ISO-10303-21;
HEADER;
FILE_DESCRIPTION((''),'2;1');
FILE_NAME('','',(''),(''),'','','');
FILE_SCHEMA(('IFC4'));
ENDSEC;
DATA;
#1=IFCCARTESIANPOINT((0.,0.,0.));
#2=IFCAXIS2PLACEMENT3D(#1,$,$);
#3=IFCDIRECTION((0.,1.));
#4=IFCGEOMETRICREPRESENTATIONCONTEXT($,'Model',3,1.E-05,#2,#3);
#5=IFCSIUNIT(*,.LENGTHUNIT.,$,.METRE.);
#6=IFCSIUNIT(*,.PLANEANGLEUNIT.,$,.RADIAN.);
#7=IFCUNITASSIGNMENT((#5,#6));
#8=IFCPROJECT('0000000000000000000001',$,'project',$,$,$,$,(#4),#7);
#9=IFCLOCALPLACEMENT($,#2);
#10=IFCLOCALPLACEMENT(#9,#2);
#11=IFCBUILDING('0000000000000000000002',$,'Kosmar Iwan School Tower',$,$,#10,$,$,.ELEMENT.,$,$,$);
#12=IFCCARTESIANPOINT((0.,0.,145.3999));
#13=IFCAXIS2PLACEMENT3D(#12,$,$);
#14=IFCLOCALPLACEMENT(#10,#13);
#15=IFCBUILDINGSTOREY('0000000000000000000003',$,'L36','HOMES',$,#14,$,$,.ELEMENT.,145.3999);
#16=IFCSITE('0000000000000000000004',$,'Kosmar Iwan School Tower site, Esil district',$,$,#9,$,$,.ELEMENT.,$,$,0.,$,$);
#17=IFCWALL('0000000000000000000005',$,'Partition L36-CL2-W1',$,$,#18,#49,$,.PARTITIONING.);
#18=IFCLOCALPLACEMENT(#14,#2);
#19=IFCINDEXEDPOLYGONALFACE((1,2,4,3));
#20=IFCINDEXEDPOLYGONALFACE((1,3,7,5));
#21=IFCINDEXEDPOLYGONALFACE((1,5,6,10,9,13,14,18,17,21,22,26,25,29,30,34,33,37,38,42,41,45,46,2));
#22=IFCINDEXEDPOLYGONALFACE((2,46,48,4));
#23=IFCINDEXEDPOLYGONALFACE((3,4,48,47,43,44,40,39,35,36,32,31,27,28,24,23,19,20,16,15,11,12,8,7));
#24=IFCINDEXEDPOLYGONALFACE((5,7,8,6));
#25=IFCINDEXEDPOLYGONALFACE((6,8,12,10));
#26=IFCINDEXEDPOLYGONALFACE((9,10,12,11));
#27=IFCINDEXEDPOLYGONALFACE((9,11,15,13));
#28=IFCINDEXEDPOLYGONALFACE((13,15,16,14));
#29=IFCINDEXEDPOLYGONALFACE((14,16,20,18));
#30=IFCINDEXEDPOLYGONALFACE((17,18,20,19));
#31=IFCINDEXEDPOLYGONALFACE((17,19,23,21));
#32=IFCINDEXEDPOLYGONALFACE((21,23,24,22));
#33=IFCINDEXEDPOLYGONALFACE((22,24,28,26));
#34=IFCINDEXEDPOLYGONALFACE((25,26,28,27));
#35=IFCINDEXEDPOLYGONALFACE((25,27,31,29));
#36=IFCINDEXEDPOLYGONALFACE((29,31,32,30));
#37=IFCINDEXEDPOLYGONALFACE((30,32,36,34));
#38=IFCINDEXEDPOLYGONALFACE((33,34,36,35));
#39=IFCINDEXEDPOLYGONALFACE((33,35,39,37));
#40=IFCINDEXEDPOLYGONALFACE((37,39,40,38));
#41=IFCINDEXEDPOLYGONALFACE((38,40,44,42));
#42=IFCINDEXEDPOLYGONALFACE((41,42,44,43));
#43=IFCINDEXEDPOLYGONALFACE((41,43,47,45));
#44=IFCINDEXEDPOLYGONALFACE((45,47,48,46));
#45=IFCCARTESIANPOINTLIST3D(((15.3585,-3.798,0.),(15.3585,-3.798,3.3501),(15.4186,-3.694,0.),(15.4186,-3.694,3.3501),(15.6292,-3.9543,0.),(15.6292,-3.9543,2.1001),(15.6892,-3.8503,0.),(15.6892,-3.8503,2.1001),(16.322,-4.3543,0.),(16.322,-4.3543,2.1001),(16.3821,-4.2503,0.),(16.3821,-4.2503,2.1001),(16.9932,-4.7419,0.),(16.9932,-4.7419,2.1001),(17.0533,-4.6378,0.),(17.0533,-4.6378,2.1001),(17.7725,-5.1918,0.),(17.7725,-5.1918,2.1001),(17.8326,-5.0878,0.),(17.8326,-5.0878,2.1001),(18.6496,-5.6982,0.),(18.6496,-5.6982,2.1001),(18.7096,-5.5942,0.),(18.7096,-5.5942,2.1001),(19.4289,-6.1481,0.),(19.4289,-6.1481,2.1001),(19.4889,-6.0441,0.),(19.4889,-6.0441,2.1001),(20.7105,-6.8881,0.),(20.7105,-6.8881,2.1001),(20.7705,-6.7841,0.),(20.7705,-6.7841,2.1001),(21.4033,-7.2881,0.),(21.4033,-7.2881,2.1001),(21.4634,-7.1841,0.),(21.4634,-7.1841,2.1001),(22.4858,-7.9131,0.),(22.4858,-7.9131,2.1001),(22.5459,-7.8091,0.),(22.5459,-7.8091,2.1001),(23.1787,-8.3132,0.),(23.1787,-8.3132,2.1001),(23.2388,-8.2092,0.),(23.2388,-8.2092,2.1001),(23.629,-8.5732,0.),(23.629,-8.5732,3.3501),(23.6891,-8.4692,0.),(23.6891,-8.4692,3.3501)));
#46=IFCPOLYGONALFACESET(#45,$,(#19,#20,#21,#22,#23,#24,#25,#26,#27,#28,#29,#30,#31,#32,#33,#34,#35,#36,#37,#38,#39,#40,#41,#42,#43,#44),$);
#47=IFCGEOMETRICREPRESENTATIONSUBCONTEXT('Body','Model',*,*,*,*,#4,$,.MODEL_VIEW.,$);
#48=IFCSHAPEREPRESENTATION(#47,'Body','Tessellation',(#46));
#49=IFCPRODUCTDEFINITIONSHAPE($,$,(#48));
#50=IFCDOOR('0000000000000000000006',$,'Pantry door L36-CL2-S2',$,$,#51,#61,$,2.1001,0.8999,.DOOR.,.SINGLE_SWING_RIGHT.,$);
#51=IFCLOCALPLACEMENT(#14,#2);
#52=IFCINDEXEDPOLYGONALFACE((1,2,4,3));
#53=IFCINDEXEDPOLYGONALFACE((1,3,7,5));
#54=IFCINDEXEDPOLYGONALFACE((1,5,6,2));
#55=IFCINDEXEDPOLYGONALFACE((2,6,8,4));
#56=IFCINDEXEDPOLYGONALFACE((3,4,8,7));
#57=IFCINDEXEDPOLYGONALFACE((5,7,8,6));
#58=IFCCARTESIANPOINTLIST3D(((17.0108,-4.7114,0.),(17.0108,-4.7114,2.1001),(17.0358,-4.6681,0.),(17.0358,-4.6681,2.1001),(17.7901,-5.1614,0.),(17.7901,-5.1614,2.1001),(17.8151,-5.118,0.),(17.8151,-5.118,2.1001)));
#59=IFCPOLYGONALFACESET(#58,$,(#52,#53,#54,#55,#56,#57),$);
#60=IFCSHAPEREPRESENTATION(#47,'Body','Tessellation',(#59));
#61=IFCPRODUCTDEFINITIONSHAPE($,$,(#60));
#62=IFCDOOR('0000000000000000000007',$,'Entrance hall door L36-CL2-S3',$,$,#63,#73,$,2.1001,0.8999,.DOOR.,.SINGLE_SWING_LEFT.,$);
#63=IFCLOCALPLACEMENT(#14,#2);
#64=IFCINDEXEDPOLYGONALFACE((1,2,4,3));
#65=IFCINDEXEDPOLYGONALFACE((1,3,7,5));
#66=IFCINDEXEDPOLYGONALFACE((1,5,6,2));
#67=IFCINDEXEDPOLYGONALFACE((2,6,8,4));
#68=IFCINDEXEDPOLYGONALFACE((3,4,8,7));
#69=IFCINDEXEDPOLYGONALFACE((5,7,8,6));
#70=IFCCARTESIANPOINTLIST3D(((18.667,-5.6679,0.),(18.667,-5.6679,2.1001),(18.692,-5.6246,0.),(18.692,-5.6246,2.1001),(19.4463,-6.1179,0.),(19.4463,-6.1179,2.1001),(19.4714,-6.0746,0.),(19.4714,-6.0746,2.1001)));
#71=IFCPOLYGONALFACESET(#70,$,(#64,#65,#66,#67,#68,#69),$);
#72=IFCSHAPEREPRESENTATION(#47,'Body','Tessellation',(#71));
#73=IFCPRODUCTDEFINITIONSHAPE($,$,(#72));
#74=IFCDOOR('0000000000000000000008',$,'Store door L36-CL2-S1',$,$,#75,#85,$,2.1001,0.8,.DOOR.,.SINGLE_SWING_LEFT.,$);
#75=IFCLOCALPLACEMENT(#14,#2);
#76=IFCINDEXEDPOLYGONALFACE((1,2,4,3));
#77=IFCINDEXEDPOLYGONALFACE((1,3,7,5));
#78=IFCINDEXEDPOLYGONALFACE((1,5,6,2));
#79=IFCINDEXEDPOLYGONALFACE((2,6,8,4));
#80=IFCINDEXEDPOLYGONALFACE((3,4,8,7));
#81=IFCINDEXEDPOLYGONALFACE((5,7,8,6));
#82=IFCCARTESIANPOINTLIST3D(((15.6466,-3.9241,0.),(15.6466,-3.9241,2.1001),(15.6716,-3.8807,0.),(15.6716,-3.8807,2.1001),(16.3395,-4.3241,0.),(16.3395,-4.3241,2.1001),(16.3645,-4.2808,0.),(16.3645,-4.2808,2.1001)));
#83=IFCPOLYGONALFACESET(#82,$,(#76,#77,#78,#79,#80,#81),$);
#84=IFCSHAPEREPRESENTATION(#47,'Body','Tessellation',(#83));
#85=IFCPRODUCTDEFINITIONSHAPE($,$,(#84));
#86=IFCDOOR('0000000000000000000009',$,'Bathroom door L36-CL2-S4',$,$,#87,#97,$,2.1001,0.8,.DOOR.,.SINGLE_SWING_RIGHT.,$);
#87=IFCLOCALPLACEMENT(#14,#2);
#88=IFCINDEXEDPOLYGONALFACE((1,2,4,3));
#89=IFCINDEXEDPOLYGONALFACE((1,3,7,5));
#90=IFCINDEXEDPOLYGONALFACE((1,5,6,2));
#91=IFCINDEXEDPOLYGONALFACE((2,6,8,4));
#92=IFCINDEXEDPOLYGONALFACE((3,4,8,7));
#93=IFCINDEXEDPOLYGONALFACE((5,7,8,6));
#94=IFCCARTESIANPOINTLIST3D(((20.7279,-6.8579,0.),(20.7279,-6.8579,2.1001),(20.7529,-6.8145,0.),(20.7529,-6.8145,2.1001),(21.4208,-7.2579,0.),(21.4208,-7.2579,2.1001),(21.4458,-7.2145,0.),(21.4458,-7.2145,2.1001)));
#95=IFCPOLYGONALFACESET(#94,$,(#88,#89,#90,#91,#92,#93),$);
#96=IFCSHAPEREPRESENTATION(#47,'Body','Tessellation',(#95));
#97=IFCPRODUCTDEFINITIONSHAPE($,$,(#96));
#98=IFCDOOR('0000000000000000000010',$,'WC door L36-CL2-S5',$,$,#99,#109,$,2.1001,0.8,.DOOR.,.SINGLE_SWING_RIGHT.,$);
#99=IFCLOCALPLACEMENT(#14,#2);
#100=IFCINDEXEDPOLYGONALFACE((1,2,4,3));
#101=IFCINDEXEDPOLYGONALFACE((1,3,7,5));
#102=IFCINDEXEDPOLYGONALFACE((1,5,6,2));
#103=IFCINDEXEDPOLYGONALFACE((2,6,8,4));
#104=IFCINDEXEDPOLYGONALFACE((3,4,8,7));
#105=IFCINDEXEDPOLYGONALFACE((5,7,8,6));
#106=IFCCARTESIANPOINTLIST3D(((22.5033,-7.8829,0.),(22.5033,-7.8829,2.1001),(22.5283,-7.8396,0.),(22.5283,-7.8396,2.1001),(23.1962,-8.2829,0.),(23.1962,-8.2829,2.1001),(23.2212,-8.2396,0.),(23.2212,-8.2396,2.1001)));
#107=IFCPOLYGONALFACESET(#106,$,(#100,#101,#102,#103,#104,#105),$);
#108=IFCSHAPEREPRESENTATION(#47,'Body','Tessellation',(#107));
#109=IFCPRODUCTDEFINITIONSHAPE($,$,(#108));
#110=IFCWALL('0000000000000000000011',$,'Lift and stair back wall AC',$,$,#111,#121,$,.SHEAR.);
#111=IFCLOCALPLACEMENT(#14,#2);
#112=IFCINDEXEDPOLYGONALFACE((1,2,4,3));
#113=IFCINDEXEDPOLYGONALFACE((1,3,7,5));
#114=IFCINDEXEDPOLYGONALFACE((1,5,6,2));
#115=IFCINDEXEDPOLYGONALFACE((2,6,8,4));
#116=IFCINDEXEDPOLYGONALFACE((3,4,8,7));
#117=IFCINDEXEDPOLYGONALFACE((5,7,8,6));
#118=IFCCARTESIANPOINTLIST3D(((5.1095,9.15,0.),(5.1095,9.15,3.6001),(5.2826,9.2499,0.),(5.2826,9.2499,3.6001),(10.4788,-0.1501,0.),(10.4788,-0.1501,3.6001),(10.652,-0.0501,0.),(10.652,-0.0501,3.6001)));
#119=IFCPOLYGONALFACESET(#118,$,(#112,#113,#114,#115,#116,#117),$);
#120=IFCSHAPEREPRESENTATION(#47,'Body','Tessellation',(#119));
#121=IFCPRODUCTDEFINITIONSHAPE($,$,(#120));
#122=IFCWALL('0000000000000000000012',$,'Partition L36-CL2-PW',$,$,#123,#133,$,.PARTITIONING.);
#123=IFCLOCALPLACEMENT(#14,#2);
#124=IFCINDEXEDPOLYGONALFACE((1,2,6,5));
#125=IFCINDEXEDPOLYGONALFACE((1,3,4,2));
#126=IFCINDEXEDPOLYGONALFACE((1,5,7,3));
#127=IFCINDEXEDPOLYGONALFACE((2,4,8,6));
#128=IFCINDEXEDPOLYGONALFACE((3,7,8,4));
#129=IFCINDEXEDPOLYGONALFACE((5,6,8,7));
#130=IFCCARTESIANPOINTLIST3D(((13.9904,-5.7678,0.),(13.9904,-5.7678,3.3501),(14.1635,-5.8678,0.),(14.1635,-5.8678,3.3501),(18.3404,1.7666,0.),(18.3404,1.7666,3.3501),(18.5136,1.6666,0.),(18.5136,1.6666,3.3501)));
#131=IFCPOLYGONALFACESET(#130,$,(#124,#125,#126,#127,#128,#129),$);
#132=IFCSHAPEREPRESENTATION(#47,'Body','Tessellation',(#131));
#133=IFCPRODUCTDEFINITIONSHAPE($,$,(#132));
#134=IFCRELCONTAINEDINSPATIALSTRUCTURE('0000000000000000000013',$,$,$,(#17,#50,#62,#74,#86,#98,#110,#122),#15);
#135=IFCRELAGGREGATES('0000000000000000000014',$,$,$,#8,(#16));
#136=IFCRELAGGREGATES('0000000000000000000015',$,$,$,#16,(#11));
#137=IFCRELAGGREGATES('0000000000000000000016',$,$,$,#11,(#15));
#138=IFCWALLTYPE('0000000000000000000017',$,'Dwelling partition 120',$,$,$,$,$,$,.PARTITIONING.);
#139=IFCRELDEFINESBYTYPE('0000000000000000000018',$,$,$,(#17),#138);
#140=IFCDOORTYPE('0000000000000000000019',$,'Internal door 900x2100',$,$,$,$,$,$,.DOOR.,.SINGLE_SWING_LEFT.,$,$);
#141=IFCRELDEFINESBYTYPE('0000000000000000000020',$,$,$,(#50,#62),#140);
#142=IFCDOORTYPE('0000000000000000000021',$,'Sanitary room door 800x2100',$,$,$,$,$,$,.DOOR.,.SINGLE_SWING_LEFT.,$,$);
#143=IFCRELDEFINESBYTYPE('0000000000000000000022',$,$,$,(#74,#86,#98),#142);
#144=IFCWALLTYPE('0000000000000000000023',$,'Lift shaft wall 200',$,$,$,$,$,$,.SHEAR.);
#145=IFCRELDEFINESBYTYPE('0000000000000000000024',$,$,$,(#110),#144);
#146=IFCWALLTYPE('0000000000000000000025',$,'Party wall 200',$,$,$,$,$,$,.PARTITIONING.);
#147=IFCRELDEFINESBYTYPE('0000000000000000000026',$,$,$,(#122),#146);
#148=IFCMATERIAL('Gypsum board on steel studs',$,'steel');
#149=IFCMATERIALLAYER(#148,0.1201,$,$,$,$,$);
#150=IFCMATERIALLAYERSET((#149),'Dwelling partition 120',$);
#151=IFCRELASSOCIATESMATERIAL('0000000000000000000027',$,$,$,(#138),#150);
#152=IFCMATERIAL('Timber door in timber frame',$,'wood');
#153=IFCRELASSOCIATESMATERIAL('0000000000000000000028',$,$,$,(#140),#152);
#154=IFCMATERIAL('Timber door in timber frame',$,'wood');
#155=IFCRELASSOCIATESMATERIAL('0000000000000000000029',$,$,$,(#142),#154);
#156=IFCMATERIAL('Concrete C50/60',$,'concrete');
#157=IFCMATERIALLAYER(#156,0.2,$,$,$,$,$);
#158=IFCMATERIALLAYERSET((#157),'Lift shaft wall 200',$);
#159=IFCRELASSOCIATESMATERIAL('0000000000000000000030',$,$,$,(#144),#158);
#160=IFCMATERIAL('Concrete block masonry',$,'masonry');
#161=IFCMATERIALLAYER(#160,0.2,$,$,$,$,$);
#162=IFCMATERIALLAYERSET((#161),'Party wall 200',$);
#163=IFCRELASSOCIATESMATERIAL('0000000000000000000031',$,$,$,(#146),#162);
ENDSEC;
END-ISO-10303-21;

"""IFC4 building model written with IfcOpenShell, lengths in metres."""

from ifc_helpers import new_model, si_unit, direction, frame, frame_2d, origin, place, context, subcontext, project, spatial, rectangle, extrude, material, layer, layer_set, type_object, element, fill, save


model = new_model("IFC4")

# Units and contexts
model_context = context("Model", 3, precision=1e-05, world=origin(), true_north=direction((0.0, 1.0)))
body_context = subcontext(model_context, "Body", "Model", "MODEL_VIEW")
ifc_project = project(units=[si_unit("LENGTHUNIT", "METRE"), si_unit("PLANEANGLEUNIT", "RADIAN")], contexts=[model_context])

# Site, building, storey
site_placement = place(None, origin())
site = spatial("IfcSite", under=ifc_project, at=site_placement, Name="Kosmar Iwan School Tower site, Esil district", CompositionType="ELEMENT", RefElevation=0.0)
building_placement = place(site_placement, origin())
building = spatial("IfcBuilding", under=site, at=building_placement, Name="Kosmar Iwan School Tower", CompositionType="ELEMENT")
storey_placement = place(building_placement, frame((0.0, 0.0, 145.3999)))
storey = spatial("IfcBuildingStorey", under=building, at=storey_placement, Name="L36", Description="HOMES", CompositionType="ELEMENT", Elevation=145.3999)

# Shared definitions
ifc_material_1 = material(Name="Gypsum board on steel studs", Category="steel")
ifc_layer_1 = layer(ifc_material_1, 0.1201)
ifc_layer_set_1 = layer_set([ifc_layer_1], Name="Dwelling partition 120")
wall_type_1 = type_object("IfcWallType", Name="Dwelling partition 120", PredefinedType="PARTITIONING", material=ifc_layer_set_1)
ifc_material_2 = material(Name="Timber door in timber frame", Category="wood")
door_type_1 = type_object("IfcDoorType", Name="Internal door 900x2100", OperationType="SINGLE_SWING_LEFT", PredefinedType="DOOR", material=ifc_material_2)
ifc_material_3 = material(Name="Timber door in timber frame", Category="wood")
door_type_2 = type_object("IfcDoorType", Name="Sanitary room door 800x2100", OperationType="SINGLE_SWING_LEFT", PredefinedType="DOOR", material=ifc_material_3)

# Wall, openings, doors
wall_1_placement = place(storey_placement, frame((15.3887, -3.7461, 0.0), z_axis=(0.0, 0.0, 1.0), x_axis=(0.866018, -0.500013, 0.0)))
wall_1 = element("IfcWall", 1, at=wall_1_placement, inside=storey, type_object=wall_type_1, Name="Partition L36-CL2-W1", PredefinedType="PARTITIONING", context=body_context, shape_type="SweptSolid", body=[
    extrude(rectangle(XDim=9.55, YDim=0.1201, at=frame_2d((4.7749, 0.0))), origin(), (0.0, 0.0, 1.0), 3.3501),
])
opening_1_placement = place(wall_1_placement, frame((0.3125, 0.0, 0.0)))
opening_1 = element("IfcOpeningElement", 2, at=opening_1_placement, cuts=wall_1, PredefinedType="OPENING", context=body_context, shape_type="SweptSolid", body=[
    extrude(rectangle(XDim=0.8, YDim=2.1001, at=frame_2d((0.3999, 1.05))), frame((0.0, 0.072, 0.0), z_axis=(0.0, -1.0, 0.0), x_axis=(1.0, 0.0, 0.0)), (0.0, 0.0, 1.0), 0.144),
])
opening_2_placement = place(wall_1_placement, frame((1.8875, 0.0, 0.0)))
opening_2 = element("IfcOpeningElement", 3, at=opening_2_placement, cuts=wall_1, PredefinedType="OPENING", context=body_context, shape_type="SweptSolid", body=[
    extrude(rectangle(XDim=0.8999, YDim=2.1001, at=frame_2d((0.45, 1.05))), frame((0.0, 0.072, 0.0), z_axis=(0.0, -1.0, 0.0), x_axis=(1.0, 0.0, 0.0)), (0.0, 0.0, 1.0), 0.144),
])
opening_3_placement = place(wall_1_placement, frame((3.8, 0.0, 0.0)))
opening_3 = element("IfcOpeningElement", 4, at=opening_3_placement, cuts=wall_1, PredefinedType="OPENING", context=body_context, shape_type="SweptSolid", body=[
    extrude(rectangle(XDim=0.8999, YDim=2.1001, at=frame_2d((0.45, 1.05))), frame((0.0, 0.072, 0.0), z_axis=(0.0, -1.0, 0.0), x_axis=(1.0, 0.0, 0.0)), (0.0, 0.0, 1.0), 0.144),
])
opening_4_placement = place(wall_1_placement, frame((6.1799, 0.0, 0.0)))
opening_4 = element("IfcOpeningElement", 5, at=opening_4_placement, cuts=wall_1, PredefinedType="OPENING", context=body_context, shape_type="SweptSolid", body=[
    extrude(rectangle(XDim=0.8, YDim=2.1001, at=frame_2d((0.3999, 1.05))), frame((0.0, 0.072, 0.0), z_axis=(0.0, -1.0, 0.0), x_axis=(1.0, 0.0, 0.0)), (0.0, 0.0, 1.0), 0.144),
])
opening_5_placement = place(wall_1_placement, frame((8.23, 0.0, 0.0)))
opening_5 = element("IfcOpeningElement", 6, at=opening_5_placement, cuts=wall_1, PredefinedType="OPENING", context=body_context, shape_type="SweptSolid", body=[
    extrude(rectangle(XDim=0.8, YDim=2.1001, at=frame_2d((0.3999, 1.05))), frame((0.0, 0.072, 0.0), z_axis=(0.0, -1.0, 0.0), x_axis=(1.0, 0.0, 0.0)), (0.0, 0.0, 1.0), 0.144),
])
door_1_placement = place(opening_2_placement, frame((0.8999, 0.0, 0.0), z_axis=(0.0, 0.0, 1.0), x_axis=(-1.0, 0.0, 0.0)))
door_1 = element("IfcDoor", 7, at=door_1_placement, inside=storey, type_object=door_type_1, Name="Pantry door L36-CL2-S2", OperationType="SINGLE_SWING_RIGHT", OverallHeight=2.1001, OverallWidth=0.8999, PredefinedType="DOOR", context=body_context, shape_type="SweptSolid", body=[
    extrude(rectangle(XDim=0.8999, YDim=2.1001, at=frame_2d((0.45, 1.05))), frame((0.0, 0.0249, 0.0), z_axis=(0.0, -1.0, 0.0), x_axis=(1.0, 0.0, 0.0)), (0.0, 0.0, 1.0), 0.05),
])
fill(opening_2, door_1)
door_2_placement = place(opening_3_placement, origin())
door_2 = element("IfcDoor", 8, at=door_2_placement, inside=storey, type_object=door_type_1, Name="Entrance hall door L36-CL2-S3", OperationType="SINGLE_SWING_LEFT", OverallHeight=2.1001, OverallWidth=0.8999, PredefinedType="DOOR", context=body_context, shape_type="SweptSolid", body=[
    extrude(rectangle(XDim=0.8999, YDim=2.1001, at=frame_2d((0.45, 1.05))), frame((0.0, 0.0249, 0.0), z_axis=(0.0, -1.0, 0.0), x_axis=(1.0, 0.0, 0.0)), (0.0, 0.0, 1.0), 0.05),
])
fill(opening_3, door_2)
door_3_placement = place(opening_1_placement, origin())
door_3 = element("IfcDoor", 9, at=door_3_placement, inside=storey, type_object=door_type_2, Name="Store door L36-CL2-S1", OperationType="SINGLE_SWING_LEFT", OverallHeight=2.1001, OverallWidth=0.8, PredefinedType="DOOR", context=body_context, shape_type="SweptSolid", body=[
    extrude(rectangle(XDim=0.8, YDim=2.1001, at=frame_2d((0.3999, 1.05))), frame((0.0, 0.0249, 0.0), z_axis=(0.0, -1.0, 0.0), x_axis=(1.0, 0.0, 0.0)), (0.0, 0.0, 1.0), 0.05),
])
fill(opening_1, door_3)
door_4_placement = place(opening_4_placement, origin())
door_4 = element("IfcDoor", 10, at=door_4_placement, inside=storey, type_object=door_type_2, Name="Bathroom door L36-CL2-S4", OperationType="SINGLE_SWING_RIGHT", OverallHeight=2.1001, OverallWidth=0.8, PredefinedType="DOOR", context=body_context, shape_type="SweptSolid", body=[
    extrude(rectangle(XDim=0.8, YDim=2.1001, at=frame_2d((0.3999, 1.05))), frame((0.0, 0.0249, 0.0), z_axis=(0.0, -1.0, 0.0), x_axis=(1.0, 0.0, 0.0)), (0.0, 0.0, 1.0), 0.05),
])
fill(opening_4, door_4)
door_5_placement = place(opening_5_placement, origin())
door_5 = element("IfcDoor", 11, at=door_5_placement, inside=storey, type_object=door_type_2, Name="WC door L36-CL2-S5", OperationType="SINGLE_SWING_RIGHT", OverallHeight=2.1001, OverallWidth=0.8, PredefinedType="DOOR", context=body_context, shape_type="SweptSolid", body=[
    extrude(rectangle(XDim=0.8, YDim=2.1001, at=frame_2d((0.3999, 1.05))), frame((0.0, 0.0249, 0.0), z_axis=(0.0, -1.0, 0.0), x_axis=(1.0, 0.0, 0.0)), (0.0, 0.0, 1.0), 0.05),
])
fill(opening_5, door_5)

# Walls
ifc_material_4 = material(Name="Concrete C50/60", Category="concrete")
ifc_layer_2 = layer(ifc_material_4, 0.2)
ifc_layer_set_2 = layer_set([ifc_layer_2], Name="Lift shaft wall 200")
wall_type_2 = type_object("IfcWallType", Name="Lift shaft wall 200", PredefinedType="SHEAR", material=ifc_layer_set_2)
wall_2_placement = place(storey_placement, frame((10.5654, -0.1001, 0.0), z_axis=(0.0, 0.0, 1.0), x_axis=(-0.5, 0.866025, 0.0)))
element("IfcWall", 12, at=wall_2_placement, inside=storey, type_object=wall_type_2, Name="Lift and stair back wall AC", PredefinedType="SHEAR", context=body_context, shape_type="SweptSolid", body=[
    extrude(rectangle(XDim=10.7388, YDim=0.2, at=frame_2d((5.3694, 0.0))), origin(), (0.0, 0.0, 1.0), 3.6001),
])
ifc_material_5 = material(Name="Concrete block masonry", Category="masonry")
ifc_layer_3 = layer(ifc_material_5, 0.2)
ifc_layer_set_3 = layer_set([ifc_layer_3], Name="Party wall 200")
wall_type_3 = type_object("IfcWallType", Name="Party wall 200", PredefinedType="PARTITIONING", material=ifc_layer_set_3)
wall_3_placement = place(storey_placement, frame((14.0769, -5.8179, 0.0), z_axis=(0.0, 0.0, 1.0), x_axis=(0.500008, 0.866021, 0.0)))
element("IfcWall", 13, at=wall_3_placement, inside=storey, type_object=wall_type_3, Name="Partition L36-CL2-PW", PredefinedType="PARTITIONING", context=body_context, shape_type="SweptSolid", body=[
    extrude(rectangle(XDim=8.7, YDim=0.2, at=frame_2d((4.3501, 0.0))), origin(), (0.0, 0.0, 1.0), 3.3501),
])

save(model, "model.ifc")
